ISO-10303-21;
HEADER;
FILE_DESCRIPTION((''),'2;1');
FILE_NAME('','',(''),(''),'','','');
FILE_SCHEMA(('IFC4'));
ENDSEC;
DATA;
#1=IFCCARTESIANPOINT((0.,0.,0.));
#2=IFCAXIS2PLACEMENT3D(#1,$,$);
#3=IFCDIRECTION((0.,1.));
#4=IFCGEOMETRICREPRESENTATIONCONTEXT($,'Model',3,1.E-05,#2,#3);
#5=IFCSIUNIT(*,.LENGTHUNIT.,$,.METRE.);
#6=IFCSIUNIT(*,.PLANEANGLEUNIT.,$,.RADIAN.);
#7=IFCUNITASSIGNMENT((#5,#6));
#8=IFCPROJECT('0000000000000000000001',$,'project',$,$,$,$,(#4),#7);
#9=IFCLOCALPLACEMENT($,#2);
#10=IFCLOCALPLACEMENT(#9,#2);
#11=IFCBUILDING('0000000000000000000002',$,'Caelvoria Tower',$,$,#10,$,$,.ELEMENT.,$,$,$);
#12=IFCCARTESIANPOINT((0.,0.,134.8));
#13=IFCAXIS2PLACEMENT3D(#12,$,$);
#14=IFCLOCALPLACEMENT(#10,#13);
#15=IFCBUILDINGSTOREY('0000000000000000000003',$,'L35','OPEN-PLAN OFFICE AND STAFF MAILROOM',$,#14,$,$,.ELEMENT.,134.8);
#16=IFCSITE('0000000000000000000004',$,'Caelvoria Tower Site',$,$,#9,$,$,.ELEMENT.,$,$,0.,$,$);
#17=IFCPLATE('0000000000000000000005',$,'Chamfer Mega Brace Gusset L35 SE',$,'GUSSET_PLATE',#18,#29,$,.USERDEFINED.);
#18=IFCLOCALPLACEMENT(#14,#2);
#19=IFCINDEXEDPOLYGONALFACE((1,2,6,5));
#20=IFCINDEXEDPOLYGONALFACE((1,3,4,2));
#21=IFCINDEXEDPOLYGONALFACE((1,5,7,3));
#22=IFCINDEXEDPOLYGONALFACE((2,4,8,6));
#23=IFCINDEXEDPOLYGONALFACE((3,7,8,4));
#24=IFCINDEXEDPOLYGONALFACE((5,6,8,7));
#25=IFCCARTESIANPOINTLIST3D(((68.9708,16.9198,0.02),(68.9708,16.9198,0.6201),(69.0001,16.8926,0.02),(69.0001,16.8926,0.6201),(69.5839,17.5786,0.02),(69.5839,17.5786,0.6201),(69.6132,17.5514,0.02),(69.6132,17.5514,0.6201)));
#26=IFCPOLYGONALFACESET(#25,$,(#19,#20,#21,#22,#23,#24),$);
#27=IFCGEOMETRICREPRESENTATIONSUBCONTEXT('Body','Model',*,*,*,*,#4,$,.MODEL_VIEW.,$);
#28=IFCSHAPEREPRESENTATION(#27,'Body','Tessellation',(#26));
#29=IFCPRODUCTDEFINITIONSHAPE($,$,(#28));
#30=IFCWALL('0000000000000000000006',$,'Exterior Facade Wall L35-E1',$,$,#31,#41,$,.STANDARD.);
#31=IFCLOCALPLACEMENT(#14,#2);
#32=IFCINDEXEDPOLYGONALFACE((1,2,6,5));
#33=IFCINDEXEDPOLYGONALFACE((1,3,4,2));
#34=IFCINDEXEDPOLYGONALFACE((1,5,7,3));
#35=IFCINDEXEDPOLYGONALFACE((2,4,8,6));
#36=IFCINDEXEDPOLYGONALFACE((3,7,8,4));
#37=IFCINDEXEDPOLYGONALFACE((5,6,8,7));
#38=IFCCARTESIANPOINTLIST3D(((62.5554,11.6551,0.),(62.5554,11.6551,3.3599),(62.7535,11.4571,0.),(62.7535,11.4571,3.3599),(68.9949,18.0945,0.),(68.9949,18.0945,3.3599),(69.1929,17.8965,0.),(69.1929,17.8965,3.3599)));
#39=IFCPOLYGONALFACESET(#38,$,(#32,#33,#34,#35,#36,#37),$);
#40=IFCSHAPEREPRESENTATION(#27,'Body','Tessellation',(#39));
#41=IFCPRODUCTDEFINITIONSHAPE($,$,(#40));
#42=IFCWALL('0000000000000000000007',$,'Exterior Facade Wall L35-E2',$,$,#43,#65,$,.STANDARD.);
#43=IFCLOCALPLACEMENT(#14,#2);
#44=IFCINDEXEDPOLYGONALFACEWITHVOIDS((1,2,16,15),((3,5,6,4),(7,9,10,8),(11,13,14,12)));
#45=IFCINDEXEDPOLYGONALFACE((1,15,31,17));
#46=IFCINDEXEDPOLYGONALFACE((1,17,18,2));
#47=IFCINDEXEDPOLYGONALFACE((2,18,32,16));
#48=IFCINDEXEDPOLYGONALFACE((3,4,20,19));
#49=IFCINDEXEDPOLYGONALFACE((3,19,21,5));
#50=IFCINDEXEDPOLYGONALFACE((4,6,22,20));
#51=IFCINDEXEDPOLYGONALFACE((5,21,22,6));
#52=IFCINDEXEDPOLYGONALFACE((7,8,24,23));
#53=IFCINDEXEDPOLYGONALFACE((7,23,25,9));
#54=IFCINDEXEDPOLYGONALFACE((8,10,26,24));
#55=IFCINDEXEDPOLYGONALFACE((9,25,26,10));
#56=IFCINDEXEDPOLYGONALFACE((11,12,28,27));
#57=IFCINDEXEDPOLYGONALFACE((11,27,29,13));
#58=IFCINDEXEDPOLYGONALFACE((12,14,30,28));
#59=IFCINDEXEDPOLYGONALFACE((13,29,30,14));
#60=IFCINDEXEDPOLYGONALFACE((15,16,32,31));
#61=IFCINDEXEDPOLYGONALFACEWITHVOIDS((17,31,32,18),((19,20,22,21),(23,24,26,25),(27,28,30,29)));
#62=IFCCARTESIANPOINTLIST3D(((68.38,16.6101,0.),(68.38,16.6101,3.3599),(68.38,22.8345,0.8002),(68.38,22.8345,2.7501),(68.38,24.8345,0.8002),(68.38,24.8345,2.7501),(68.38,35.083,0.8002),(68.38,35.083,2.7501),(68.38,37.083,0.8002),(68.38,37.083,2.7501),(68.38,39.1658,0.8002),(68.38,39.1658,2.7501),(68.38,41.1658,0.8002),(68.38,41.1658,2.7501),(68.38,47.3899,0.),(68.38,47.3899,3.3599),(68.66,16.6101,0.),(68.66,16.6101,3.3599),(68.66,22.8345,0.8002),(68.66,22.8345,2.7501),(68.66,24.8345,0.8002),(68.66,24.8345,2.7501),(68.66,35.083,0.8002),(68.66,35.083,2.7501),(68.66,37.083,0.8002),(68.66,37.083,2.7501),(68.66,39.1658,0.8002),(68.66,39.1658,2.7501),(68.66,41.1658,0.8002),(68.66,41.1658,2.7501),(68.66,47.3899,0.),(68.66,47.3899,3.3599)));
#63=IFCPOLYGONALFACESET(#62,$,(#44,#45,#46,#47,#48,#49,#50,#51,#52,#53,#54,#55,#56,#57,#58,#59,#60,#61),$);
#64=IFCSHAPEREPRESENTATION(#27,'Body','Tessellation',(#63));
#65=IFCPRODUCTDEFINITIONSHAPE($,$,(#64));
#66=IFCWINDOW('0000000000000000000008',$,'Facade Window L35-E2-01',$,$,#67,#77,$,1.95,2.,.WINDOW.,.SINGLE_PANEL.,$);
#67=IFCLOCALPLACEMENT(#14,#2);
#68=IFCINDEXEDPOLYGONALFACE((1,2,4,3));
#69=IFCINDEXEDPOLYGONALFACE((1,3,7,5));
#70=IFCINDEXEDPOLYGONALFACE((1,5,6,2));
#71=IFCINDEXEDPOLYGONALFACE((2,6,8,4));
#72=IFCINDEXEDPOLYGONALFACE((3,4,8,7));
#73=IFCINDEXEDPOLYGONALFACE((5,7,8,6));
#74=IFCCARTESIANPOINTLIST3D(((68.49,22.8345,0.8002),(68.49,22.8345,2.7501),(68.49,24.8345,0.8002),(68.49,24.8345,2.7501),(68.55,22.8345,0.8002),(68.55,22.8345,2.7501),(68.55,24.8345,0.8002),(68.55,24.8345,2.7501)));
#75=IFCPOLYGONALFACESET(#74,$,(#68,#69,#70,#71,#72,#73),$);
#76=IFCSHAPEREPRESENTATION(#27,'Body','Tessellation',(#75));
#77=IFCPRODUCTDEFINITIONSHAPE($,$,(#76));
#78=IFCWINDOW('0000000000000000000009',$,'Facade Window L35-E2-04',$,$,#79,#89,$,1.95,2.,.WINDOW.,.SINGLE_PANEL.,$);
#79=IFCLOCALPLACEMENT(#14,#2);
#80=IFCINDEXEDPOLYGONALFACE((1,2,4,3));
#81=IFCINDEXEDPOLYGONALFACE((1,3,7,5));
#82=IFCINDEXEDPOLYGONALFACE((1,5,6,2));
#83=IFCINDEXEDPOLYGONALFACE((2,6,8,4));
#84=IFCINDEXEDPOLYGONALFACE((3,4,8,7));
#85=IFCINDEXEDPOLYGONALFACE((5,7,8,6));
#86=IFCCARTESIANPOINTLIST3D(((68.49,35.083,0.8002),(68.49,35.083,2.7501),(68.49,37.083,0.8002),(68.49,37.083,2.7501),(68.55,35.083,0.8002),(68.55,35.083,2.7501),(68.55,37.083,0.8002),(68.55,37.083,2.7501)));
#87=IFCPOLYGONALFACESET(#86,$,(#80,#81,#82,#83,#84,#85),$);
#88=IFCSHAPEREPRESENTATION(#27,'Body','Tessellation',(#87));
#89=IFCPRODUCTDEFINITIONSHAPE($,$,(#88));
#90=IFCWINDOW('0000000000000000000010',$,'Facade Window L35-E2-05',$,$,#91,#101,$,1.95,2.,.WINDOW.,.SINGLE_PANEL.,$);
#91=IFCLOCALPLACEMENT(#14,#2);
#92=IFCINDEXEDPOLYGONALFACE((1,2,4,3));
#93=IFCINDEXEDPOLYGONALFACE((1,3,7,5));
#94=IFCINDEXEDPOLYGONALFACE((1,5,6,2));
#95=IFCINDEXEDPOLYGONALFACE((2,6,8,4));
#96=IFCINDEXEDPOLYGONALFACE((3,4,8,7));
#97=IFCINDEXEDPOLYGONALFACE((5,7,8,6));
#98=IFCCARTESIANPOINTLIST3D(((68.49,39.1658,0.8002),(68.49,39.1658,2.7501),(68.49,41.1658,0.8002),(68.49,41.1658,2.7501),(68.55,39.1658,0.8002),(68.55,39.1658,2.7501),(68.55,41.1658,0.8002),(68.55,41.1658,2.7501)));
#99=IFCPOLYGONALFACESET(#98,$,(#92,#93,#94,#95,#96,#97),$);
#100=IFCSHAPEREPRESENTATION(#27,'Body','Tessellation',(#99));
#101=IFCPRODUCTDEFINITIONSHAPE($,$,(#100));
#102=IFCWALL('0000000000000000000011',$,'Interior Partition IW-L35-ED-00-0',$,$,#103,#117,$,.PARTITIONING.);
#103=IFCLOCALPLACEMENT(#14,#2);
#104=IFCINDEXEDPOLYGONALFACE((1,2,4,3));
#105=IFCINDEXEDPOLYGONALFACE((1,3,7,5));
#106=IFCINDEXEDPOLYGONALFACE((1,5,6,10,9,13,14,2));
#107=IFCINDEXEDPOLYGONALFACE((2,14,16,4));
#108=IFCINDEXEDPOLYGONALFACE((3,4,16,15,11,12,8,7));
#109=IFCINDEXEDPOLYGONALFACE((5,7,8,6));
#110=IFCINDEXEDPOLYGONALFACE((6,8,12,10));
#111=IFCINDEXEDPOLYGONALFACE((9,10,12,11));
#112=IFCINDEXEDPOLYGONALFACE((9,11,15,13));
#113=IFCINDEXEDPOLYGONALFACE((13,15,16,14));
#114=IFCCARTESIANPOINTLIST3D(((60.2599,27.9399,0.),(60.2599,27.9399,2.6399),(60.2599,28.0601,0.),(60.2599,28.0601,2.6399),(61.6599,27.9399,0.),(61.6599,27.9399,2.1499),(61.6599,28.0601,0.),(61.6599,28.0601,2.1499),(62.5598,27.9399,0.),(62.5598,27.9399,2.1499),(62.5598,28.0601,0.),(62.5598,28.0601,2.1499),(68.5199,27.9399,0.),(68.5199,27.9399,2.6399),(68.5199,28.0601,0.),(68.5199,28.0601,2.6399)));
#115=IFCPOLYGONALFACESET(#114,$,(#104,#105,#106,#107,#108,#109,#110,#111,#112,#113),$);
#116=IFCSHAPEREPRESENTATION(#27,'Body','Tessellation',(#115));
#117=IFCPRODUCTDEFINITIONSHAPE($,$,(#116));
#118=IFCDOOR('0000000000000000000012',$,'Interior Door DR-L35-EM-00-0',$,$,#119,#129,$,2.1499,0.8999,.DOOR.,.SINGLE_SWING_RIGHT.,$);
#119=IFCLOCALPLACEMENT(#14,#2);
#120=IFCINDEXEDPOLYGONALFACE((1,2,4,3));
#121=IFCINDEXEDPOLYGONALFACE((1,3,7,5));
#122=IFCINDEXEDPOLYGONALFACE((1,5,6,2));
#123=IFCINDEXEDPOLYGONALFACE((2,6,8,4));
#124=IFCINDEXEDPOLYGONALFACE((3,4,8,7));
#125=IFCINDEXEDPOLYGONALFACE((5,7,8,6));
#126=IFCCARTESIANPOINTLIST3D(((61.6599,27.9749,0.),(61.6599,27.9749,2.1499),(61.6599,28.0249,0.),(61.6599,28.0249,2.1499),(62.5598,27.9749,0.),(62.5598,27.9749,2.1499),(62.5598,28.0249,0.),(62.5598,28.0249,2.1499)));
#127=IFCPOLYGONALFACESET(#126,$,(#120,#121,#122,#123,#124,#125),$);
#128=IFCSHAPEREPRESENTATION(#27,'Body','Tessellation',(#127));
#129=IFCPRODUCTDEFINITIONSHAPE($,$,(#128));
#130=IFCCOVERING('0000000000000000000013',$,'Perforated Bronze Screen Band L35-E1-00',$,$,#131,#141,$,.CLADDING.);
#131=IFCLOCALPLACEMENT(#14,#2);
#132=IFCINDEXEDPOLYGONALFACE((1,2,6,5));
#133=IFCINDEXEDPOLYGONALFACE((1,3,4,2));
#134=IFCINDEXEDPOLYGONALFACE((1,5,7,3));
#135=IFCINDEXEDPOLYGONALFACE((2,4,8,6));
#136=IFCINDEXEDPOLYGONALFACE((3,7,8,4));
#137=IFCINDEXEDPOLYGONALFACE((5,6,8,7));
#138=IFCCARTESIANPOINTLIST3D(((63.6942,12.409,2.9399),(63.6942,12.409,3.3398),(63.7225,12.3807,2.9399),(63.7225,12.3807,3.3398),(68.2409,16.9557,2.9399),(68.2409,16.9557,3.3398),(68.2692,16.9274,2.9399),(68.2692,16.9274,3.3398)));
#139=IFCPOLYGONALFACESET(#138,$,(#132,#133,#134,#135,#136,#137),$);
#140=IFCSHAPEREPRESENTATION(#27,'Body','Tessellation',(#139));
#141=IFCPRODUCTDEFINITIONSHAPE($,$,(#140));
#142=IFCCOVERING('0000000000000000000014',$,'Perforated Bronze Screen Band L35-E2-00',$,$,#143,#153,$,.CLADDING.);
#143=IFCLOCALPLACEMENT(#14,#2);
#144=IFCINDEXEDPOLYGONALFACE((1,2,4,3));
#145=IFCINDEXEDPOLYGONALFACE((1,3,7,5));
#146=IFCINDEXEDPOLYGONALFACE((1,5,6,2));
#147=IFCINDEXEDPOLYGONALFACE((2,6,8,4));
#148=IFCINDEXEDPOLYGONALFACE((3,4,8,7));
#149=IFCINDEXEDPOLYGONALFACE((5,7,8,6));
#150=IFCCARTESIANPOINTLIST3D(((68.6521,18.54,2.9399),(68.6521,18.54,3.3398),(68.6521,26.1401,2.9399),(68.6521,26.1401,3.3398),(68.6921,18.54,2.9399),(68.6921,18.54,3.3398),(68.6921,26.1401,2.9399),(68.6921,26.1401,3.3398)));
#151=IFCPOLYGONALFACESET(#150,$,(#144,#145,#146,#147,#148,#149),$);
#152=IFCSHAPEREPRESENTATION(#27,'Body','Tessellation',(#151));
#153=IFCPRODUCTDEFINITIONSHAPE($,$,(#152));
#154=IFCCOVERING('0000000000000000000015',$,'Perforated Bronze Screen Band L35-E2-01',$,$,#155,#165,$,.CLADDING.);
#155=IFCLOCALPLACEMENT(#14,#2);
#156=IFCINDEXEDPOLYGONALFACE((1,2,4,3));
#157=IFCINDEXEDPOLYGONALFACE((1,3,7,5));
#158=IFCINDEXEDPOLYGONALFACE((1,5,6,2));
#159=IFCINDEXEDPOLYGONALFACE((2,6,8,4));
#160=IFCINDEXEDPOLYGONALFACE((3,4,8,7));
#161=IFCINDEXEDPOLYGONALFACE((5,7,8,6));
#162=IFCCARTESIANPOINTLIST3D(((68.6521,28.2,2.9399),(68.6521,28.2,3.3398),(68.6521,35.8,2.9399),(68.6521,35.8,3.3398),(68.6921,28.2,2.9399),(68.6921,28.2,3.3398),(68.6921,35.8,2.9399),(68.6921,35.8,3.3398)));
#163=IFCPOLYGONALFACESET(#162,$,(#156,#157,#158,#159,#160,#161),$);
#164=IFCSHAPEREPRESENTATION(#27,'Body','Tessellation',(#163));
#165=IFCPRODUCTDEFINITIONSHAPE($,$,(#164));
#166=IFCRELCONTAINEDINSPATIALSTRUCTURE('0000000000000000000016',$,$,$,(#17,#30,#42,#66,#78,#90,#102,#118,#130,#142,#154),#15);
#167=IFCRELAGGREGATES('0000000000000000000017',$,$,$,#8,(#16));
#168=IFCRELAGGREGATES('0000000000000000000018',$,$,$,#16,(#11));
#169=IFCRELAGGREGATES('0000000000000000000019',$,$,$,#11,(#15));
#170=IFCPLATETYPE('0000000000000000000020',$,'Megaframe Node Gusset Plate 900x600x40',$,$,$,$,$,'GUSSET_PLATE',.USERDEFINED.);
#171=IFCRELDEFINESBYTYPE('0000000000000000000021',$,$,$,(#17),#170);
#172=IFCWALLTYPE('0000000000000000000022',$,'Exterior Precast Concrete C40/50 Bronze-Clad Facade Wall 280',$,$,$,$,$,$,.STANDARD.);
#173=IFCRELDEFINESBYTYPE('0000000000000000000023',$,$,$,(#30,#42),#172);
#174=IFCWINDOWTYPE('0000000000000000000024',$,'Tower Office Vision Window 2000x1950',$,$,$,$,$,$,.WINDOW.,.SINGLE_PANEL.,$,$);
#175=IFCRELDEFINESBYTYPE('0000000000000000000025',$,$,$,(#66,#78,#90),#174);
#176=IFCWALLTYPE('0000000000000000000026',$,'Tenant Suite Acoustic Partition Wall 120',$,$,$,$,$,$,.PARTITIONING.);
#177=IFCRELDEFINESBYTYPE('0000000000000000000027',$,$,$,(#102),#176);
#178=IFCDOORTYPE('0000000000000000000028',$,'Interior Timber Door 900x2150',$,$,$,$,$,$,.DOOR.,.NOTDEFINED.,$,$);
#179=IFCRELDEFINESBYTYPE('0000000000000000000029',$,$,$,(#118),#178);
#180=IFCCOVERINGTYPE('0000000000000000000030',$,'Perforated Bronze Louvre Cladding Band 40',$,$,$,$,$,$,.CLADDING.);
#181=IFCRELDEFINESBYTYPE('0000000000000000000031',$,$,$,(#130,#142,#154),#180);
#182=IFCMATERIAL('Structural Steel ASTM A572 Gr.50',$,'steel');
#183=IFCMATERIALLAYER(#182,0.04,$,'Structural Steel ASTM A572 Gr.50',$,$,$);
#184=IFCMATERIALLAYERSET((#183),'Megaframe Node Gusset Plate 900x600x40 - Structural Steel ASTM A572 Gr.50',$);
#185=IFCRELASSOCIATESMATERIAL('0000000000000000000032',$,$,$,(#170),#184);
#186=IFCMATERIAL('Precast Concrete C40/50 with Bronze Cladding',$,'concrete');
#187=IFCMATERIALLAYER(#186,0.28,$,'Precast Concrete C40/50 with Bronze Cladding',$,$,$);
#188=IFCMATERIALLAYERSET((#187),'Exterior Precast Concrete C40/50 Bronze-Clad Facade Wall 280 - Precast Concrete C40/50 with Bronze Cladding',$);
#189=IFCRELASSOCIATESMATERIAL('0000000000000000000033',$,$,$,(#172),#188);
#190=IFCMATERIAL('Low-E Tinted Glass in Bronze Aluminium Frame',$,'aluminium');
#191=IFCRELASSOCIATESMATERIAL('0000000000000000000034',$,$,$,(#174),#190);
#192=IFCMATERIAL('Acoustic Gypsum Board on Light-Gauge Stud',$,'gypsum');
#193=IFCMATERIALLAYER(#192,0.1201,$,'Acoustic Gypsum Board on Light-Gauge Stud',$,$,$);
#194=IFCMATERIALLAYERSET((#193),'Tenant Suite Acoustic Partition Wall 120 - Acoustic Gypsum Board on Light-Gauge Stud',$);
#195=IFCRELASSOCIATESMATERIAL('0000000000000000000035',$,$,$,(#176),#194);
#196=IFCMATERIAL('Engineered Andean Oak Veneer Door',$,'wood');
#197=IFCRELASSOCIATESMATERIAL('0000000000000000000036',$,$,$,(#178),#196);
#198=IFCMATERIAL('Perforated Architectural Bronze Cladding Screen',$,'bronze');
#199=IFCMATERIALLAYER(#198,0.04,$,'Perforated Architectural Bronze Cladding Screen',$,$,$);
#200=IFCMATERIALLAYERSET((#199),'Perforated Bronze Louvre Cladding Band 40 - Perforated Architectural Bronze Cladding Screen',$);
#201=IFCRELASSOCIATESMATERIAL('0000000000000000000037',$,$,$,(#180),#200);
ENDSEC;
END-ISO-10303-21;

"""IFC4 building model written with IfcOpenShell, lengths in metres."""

from ifc_helpers import new_model, si_unit, direction, frame, frame_2d, origin, origin_2d, place, context, subcontext, project, spatial, rectangle, extrude, material, layer, layer_set, type_object, element, fill, save


model = new_model("IFC4")

# Units and contexts
model_context = context("Model", 3, precision=1e-05, world=origin(), true_north=direction((0.0, 1.0)))
body_context = subcontext(model_context, "Body", "Model", "MODEL_VIEW")
ifc_project = project(units=[si_unit("LENGTHUNIT", "METRE"), si_unit("PLANEANGLEUNIT", "RADIAN")], contexts=[model_context])

# Site, building, storey
site_placement = place(None, origin())
site = spatial("IfcSite", under=ifc_project, at=site_placement, Name="Caelvoria Tower Site", CompositionType="ELEMENT", RefElevation=0.0)
building_placement = place(site_placement, origin())
building = spatial("IfcBuilding", under=site, at=building_placement, Name="Caelvoria Tower", CompositionType="ELEMENT")
storey_placement = place(building_placement, frame((0.0, 0.0, 134.8)))
storey = spatial("IfcBuildingStorey", under=building, at=storey_placement, Name="L35", Description="OPEN-PLAN OFFICE AND STAFF MAILROOM", CompositionType="ELEMENT", Elevation=134.8)

# Shared definitions
ifc_material_1 = material(Name="Structural Steel ASTM A572 Gr.50", Category="steel")

# Plate
ifc_layer_1 = layer(ifc_material_1, 0.04, Name="Structural Steel ASTM A572 Gr.50")
ifc_layer_set_1 = layer_set([ifc_layer_1], Name="Megaframe Node Gusset Plate 900x600x40 - Structural Steel ASTM A572 Gr.50")
plate_type = type_object("IfcPlateType", Name="Megaframe Node Gusset Plate 900x600x40", ElementType="GUSSET_PLATE", PredefinedType="USERDEFINED", material=ifc_layer_set_1)
plate_placement = place(storey_placement, frame((69.292, 17.2356, 0.02), z_axis=(0.0, 0.0, 1.0), x_axis=(-0.681237, -0.732063, 0.0)))
element("IfcPlate", 1, at=plate_placement, inside=storey, type_object=plate_type, Name="Chamfer Mega Brace Gusset L35 SE", ObjectType="GUSSET_PLATE", PredefinedType="USERDEFINED", context=body_context, shape_type="SweptSolid", body=[
    extrude(rectangle(XDim=0.8999, YDim=0.04, at=origin_2d()), origin(), (0.0, 0.0, 1.0), 0.6001),
])

# Wall
ifc_material_2 = material(Name="Precast Concrete C40/50 with Bronze Cladding", Category="concrete")
ifc_layer_2 = layer(ifc_material_2, 0.28, Name="Precast Concrete C40/50 with Bronze Cladding")
ifc_layer_set_2 = layer_set([ifc_layer_2], Name="Exterior Precast Concrete C40/50 Bronze-Clad Facade Wall 280 - Precast Concrete C40/50 with Bronze Cladding")
wall_type_1 = type_object("IfcWallType", Name="Exterior Precast Concrete C40/50 Bronze-Clad Facade Wall 280", PredefinedType="STANDARD", material=ifc_layer_set_2)
wall_1_placement = place(storey_placement, frame((62.6545, 11.5562, 0.0), z_axis=(0.0, 0.0, 1.0), x_axis=(0.707107, 0.707107, 0.0)))
element("IfcWall", 2, at=wall_1_placement, inside=storey, type_object=wall_type_1, Name="Exterior Facade Wall L35-E1", PredefinedType="STANDARD", context=body_context, shape_type="SweptSolid", body=[
    extrude(rectangle(XDim=9.1067, YDim=0.28, at=frame_2d((4.5532, 0.0))), origin(), (0.0, 0.0, 1.0), 3.3599),
])

# Wall, openings, windows
wall_2_placement = place(storey_placement, frame((68.52, 16.6101, 0.0), z_axis=(0.0, 0.0, 1.0), x_axis=(0.0, 1.0, 0.0)))
wall_2 = element("IfcWall", 3, at=wall_2_placement, inside=storey, type_object=wall_type_1, Name="Exterior Facade Wall L35-E2", PredefinedType="STANDARD", context=body_context, shape_type="SweptSolid", body=[
    extrude(rectangle(XDim=30.7798, YDim=0.28, at=frame_2d((15.3899, 0.0))), origin(), (0.0, 0.0, 1.0), 3.3599),
])
opening_1_placement = place(wall_2_placement, frame((6.2244, 0.0, 0.8)))
opening_1 = element("IfcOpeningElement", 4, at=opening_1_placement, cuts=wall_2, PredefinedType="OPENING", context=body_context, shape_type="SweptSolid", body=[
    extrude(rectangle(XDim=2.0, YDim=1.95, at=frame_2d((1.0, 0.9751))), frame((0.0, 0.1499, 0.0), z_axis=(0.0, -1.0, 0.0), x_axis=(1.0, 0.0, 0.0)), (0.0, 0.0, 1.0), 0.3),
])
opening_2_placement = place(wall_2_placement, frame((18.4729, 0.0, 0.8)))
opening_2 = element("IfcOpeningElement", 5, at=opening_2_placement, cuts=wall_2, PredefinedType="OPENING", context=body_context, shape_type="SweptSolid", body=[
    extrude(rectangle(XDim=2.0, YDim=1.95, at=frame_2d((1.0, 0.9751))), frame((0.0, 0.1499, 0.0), z_axis=(0.0, -1.0, 0.0), x_axis=(1.0, 0.0, 0.0)), (0.0, 0.0, 1.0), 0.3),
])
opening_3_placement = place(wall_2_placement, frame((22.5557, 0.0, 0.8)))
opening_3 = element("IfcOpeningElement", 6, at=opening_3_placement, cuts=wall_2, PredefinedType="OPENING", context=body_context, shape_type="SweptSolid", body=[
    extrude(rectangle(XDim=2.0, YDim=1.95, at=frame_2d((1.0, 0.9751))), frame((0.0, 0.1499, 0.0), z_axis=(0.0, -1.0, 0.0), x_axis=(1.0, 0.0, 0.0)), (0.0, 0.0, 1.0), 0.3),
])
ifc_material_3 = material(Name="Low-E Tinted Glass in Bronze Aluminium Frame", Category="aluminium")
window_type = type_object("IfcWindowType", Name="Tower Office Vision Window 2000x1950", PartitioningType="SINGLE_PANEL", PredefinedType="WINDOW", material=ifc_material_3)
window_1_placement = place(opening_1_placement, origin())
window_1 = element("IfcWindow", 7, at=window_1_placement, inside=storey, type_object=window_type, Name="Facade Window L35-E2-01", OverallHeight=1.95, OverallWidth=2.0, PartitioningType="SINGLE_PANEL", PredefinedType="WINDOW", context=body_context, shape_type="SweptSolid", body=[
    extrude(rectangle(XDim=2.0, YDim=1.95, at=frame_2d((1.0, 0.9751))), frame((0.0, 0.03, 0.0), z_axis=(0.0, -1.0, 0.0), x_axis=(1.0, 0.0, 0.0)), (0.0, 0.0, 1.0), 0.0601),
])
fill(opening_1, window_1)
window_2_placement = place(opening_2_placement, origin())
window_2 = element("IfcWindow", 8, at=window_2_placement, inside=storey, type_object=window_type, Name="Facade Window L35-E2-04", OverallHeight=1.95, OverallWidth=2.0, PartitioningType="SINGLE_PANEL", PredefinedType="WINDOW", context=body_context, shape_type="SweptSolid", body=[
    extrude(rectangle(XDim=2.0, YDim=1.95, at=frame_2d((1.0, 0.9751))), frame((0.0, 0.03, 0.0), z_axis=(0.0, -1.0, 0.0), x_axis=(1.0, 0.0, 0.0)), (0.0, 0.0, 1.0), 0.0601),
])
fill(opening_2, window_2)
window_3_placement = place(opening_3_placement, origin())
window_3 = element("IfcWindow", 9, at=window_3_placement, inside=storey, type_object=window_type, Name="Facade Window L35-E2-05", OverallHeight=1.95, OverallWidth=2.0, PartitioningType="SINGLE_PANEL", PredefinedType="WINDOW", context=body_context, shape_type="SweptSolid", body=[
    extrude(rectangle(XDim=2.0, YDim=1.95, at=frame_2d((1.0, 0.9751))), frame((0.0, 0.03, 0.0), z_axis=(0.0, -1.0, 0.0), x_axis=(1.0, 0.0, 0.0)), (0.0, 0.0, 1.0), 0.0601),
])
fill(opening_3, window_3)

# Wall, opening, door
ifc_material_4 = material(Name="Acoustic Gypsum Board on Light-Gauge Stud", Category="gypsum")
ifc_layer_3 = layer(ifc_material_4, 0.1201, Name="Acoustic Gypsum Board on Light-Gauge Stud")
ifc_layer_set_3 = layer_set([ifc_layer_3], Name="Tenant Suite Acoustic Partition Wall 120 - Acoustic Gypsum Board on Light-Gauge Stud")
wall_type_2 = type_object("IfcWallType", Name="Tenant Suite Acoustic Partition Wall 120", PredefinedType="PARTITIONING", material=ifc_layer_set_3)
wall_3_placement = place(storey_placement, frame((60.26, 28.0, 0.0), z_axis=(0.0, 0.0, 1.0), x_axis=(1.0, 0.0, 0.0)))
wall_3 = element("IfcWall", 10, at=wall_3_placement, inside=storey, type_object=wall_type_2, Name="Interior Partition IW-L35-ED-00-0", PredefinedType="PARTITIONING", context=body_context, shape_type="SweptSolid", body=[
    extrude(rectangle(XDim=8.26, YDim=0.1201, at=frame_2d((4.1299, 0.0))), origin(), (0.0, 0.0, 1.0), 2.6399),
])
opening_4_placement = place(wall_3_placement, frame((1.3999, 0.0, 0.0)))
opening_4 = element("IfcOpeningElement", 11, at=opening_4_placement, cuts=wall_3, PredefinedType="OPENING", context=body_context, shape_type="SweptSolid", body=[
    extrude(rectangle(XDim=0.8999, YDim=2.1499, at=frame_2d((0.45, 1.075))), frame((0.0, 0.0701, 0.0), z_axis=(0.0, -1.0, 0.0), x_axis=(1.0, 0.0, 0.0)), (0.0, 0.0, 1.0), 0.1401),
])
ifc_material_5 = material(Name="Engineered Andean Oak Veneer Door", Category="wood")
door_type = type_object("IfcDoorType", Name="Interior Timber Door 900x2150", OperationType="NOTDEFINED", PredefinedType="DOOR", material=ifc_material_5)
door_placement = place(opening_4_placement, origin())
door = element("IfcDoor", 12, at=door_placement, inside=storey, type_object=door_type, Name="Interior Door DR-L35-EM-00-0", OperationType="SINGLE_SWING_RIGHT", OverallHeight=2.1499, OverallWidth=0.8999, PredefinedType="DOOR", context=body_context, shape_type="SweptSolid", body=[
    extrude(rectangle(XDim=0.8999, YDim=2.1499, at=frame_2d((0.45, 1.075))), frame((0.0, 0.0249, 0.0), z_axis=(0.0, -1.0, 0.0), x_axis=(1.0, 0.0, 0.0)), (0.0, 0.0, 1.0), 0.05),
])
fill(opening_4, door)

# Coverings
ifc_material_6 = material(Name="Perforated Architectural Bronze Cladding Screen", Category="bronze")
ifc_layer_4 = layer(ifc_material_6, 0.04, Name="Perforated Architectural Bronze Cladding Screen")
ifc_layer_set_4 = layer_set([ifc_layer_4], Name="Perforated Bronze Louvre Cladding Band 40 - Perforated Architectural Bronze Cladding Screen")
covering_type = type_object("IfcCoveringType", Name="Perforated Bronze Louvre Cladding Band 40", PredefinedType="CLADDING", material=ifc_layer_set_4)
covering_placement = place(storey_placement, frame((65.9817, 14.6682, 2.9399), z_axis=(0.0, 0.0, 1.0), x_axis=(0.707107, 0.707107, 0.0)))
element("IfcCovering", 13, at=covering_placement, inside=storey, type_object=covering_type, Name="Perforated Bronze Screen Band L35-E1-00", PredefinedType="CLADDING", context=body_context, shape_type="SweptSolid", body=[
    extrude(rectangle(XDim=6.4299, YDim=0.04, at=origin_2d()), origin(), (0.0, 0.0, 1.0), 0.3999),
])
for number, where, z_axis, x_axis, name in (
    (14, (68.6721, 22.3401, 2.9399), (0.0, 0.0, 1.0), (0.0, 1.0, 0.0), "Perforated Bronze Screen Band L35-E2-00"),
    (15, (68.6721, 32.0, 2.9399), (0.0, 0.0, 1.0), (0.0, 1.0, 0.0), "Perforated Bronze Screen Band L35-E2-01"),
):
    element("IfcCovering", number, at=place(storey_placement, frame(where, z_axis=z_axis, x_axis=x_axis)), inside=storey, type_object=covering_type, Name=name, PredefinedType="CLADDING", context=body_context, shape_type="SweptSolid", body=[
        extrude(rectangle(XDim=7.6001, YDim=0.04, at=origin_2d()), origin(), (0.0, 0.0, 1.0), 0.3999),
    ])

save(model, "model.ifc")
